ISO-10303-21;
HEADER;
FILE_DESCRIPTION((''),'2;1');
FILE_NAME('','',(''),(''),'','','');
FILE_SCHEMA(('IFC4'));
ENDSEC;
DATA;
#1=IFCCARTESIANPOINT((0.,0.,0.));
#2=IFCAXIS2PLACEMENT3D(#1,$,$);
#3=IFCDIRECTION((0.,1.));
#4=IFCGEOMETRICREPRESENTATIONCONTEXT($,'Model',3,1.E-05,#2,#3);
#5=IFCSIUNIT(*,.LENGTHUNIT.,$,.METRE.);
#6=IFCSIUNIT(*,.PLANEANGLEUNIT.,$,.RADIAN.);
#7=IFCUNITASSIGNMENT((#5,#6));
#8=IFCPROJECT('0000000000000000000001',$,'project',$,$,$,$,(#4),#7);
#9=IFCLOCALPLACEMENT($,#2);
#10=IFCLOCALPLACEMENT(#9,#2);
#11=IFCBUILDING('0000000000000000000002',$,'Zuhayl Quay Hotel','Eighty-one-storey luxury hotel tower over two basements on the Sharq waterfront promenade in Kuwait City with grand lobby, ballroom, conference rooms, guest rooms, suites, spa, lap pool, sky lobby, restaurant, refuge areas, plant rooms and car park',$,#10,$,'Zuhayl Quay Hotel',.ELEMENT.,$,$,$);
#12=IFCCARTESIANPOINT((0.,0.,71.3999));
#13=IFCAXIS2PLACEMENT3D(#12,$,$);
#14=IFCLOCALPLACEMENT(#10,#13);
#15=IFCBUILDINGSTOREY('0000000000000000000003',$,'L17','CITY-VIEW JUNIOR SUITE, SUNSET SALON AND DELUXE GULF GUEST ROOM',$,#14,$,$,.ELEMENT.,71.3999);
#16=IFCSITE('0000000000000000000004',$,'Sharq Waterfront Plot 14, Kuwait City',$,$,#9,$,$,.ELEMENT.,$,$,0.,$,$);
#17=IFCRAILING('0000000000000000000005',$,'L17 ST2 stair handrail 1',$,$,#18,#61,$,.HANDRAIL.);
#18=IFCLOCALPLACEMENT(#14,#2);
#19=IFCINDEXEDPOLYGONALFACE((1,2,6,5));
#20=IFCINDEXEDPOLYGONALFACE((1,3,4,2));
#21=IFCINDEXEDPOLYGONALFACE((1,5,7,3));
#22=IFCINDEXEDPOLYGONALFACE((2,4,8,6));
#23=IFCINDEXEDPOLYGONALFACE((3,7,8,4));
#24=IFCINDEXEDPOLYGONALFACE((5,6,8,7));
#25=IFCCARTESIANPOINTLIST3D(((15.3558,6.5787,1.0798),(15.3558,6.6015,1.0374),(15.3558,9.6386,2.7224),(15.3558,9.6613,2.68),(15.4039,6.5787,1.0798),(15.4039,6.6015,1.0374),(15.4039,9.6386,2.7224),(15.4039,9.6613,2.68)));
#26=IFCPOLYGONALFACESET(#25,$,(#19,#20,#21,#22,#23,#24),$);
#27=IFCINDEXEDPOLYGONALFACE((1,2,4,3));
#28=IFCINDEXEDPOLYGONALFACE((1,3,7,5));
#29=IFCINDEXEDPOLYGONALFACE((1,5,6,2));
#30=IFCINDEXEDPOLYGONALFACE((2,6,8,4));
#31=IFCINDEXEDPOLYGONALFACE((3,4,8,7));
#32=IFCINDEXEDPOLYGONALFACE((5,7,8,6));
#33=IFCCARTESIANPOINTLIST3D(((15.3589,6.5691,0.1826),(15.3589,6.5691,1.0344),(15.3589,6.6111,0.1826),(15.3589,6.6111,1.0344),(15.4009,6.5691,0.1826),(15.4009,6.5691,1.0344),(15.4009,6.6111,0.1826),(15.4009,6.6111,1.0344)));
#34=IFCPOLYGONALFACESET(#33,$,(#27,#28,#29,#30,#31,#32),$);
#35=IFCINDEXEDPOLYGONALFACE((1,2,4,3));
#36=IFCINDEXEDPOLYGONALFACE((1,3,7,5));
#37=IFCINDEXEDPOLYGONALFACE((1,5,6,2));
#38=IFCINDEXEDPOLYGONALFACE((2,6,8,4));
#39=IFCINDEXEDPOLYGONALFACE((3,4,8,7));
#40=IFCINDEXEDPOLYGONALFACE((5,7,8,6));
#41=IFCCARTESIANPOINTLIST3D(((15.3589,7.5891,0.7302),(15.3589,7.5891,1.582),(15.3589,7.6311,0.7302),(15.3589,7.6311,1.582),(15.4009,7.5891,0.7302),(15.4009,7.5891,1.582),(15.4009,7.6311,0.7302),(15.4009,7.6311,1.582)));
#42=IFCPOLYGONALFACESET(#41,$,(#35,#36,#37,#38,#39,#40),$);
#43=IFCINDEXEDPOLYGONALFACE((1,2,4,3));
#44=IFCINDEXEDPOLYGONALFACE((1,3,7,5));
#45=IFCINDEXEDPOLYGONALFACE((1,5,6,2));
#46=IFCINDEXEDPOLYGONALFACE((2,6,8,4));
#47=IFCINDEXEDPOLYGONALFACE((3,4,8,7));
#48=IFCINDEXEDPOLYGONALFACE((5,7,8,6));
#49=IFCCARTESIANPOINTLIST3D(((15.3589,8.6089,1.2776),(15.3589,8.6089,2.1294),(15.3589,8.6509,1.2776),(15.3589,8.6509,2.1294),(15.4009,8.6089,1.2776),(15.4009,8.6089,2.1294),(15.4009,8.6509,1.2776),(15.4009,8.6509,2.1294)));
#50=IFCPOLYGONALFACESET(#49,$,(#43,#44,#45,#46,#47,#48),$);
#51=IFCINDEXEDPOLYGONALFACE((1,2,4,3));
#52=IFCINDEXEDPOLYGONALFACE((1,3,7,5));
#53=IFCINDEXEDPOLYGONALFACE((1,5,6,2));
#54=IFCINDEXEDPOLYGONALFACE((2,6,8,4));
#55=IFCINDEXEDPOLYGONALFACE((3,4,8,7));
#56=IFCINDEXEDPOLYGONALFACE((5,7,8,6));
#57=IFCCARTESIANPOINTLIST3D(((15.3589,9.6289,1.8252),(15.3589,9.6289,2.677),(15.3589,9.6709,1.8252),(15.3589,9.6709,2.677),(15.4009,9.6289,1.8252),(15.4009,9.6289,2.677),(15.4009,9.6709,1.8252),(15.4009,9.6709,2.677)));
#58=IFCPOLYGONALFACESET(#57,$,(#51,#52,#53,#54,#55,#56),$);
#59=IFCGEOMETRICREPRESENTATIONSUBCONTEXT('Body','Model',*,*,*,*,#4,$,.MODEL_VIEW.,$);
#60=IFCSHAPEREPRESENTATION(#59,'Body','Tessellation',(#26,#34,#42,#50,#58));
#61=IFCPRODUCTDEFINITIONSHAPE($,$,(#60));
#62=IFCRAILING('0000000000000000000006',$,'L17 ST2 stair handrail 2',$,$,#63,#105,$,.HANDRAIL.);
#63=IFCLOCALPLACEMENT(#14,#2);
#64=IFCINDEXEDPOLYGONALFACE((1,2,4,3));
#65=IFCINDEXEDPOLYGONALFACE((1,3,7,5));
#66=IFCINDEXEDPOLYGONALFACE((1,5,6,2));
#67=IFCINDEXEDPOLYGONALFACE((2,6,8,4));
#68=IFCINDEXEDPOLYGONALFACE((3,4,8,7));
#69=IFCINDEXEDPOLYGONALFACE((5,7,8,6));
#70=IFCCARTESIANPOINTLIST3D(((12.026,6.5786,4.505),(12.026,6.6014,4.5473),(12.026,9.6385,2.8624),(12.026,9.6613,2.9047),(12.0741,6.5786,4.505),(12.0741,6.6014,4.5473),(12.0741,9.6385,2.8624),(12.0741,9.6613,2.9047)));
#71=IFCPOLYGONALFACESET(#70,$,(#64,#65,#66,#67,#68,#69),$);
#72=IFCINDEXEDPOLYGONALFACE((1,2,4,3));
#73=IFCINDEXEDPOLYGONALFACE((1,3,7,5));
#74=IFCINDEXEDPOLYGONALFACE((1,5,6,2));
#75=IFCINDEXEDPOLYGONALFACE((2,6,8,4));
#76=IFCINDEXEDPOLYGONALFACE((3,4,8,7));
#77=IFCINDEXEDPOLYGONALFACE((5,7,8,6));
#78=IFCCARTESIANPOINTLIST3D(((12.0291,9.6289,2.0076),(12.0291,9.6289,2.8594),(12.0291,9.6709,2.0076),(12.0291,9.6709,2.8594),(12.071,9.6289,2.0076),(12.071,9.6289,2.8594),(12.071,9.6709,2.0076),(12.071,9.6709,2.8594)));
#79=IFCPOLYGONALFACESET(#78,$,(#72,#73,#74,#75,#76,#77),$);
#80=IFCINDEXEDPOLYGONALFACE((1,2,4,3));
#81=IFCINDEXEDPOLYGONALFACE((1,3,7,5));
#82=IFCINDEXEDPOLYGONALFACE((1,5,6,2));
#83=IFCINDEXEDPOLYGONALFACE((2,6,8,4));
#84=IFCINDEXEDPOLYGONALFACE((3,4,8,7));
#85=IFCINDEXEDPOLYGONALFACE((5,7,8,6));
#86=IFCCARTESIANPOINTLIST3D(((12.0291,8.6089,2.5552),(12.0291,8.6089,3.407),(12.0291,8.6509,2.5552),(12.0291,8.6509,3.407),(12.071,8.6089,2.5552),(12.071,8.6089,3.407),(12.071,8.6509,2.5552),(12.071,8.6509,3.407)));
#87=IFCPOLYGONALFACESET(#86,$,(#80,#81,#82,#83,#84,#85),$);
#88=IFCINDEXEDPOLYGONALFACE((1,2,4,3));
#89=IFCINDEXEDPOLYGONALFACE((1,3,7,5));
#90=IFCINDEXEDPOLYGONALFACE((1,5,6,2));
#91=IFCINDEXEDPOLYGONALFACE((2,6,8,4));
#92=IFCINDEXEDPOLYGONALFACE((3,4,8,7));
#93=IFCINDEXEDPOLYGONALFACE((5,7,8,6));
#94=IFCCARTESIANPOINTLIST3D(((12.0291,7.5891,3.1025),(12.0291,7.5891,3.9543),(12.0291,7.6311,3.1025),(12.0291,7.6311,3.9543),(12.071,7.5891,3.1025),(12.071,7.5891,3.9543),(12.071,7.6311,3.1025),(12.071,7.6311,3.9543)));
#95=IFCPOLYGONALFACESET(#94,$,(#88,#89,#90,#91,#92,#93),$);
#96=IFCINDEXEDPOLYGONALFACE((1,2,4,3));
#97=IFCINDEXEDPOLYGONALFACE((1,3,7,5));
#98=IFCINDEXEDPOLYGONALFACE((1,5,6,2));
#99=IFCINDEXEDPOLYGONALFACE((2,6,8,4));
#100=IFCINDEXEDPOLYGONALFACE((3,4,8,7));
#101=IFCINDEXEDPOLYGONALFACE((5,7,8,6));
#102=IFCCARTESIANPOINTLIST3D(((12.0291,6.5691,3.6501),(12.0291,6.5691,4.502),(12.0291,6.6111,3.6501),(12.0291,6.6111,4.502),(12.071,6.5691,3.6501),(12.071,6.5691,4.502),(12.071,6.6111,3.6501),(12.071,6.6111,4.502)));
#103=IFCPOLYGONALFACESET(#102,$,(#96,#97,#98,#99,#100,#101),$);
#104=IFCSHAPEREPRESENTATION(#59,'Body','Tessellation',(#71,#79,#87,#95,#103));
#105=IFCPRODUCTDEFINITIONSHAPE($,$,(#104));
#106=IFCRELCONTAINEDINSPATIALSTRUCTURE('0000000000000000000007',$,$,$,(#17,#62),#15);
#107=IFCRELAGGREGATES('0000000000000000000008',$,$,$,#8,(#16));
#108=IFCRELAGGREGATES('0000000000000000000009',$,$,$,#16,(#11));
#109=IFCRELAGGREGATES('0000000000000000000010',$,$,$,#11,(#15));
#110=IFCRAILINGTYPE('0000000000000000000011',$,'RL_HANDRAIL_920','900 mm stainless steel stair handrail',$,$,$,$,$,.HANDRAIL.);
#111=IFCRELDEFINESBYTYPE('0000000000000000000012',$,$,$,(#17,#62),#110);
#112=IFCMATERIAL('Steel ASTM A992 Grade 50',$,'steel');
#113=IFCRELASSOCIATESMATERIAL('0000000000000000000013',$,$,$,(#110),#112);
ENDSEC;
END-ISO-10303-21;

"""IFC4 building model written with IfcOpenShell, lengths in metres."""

from ifc_helpers import new_model, si_unit, direction, frame, origin, origin_2d, place, context, subcontext, project, spatial, rectangle, extrude, material, type_object, element, save


model = new_model("IFC4")

# Units and contexts
model_context = context("Model", 3, precision=1e-05, world=origin(), true_north=direction((0.0, 1.0)))
body_context = subcontext(model_context, "Body", "Model", "MODEL_VIEW")
ifc_project = project(units=[si_unit("LENGTHUNIT", "METRE"), si_unit("PLANEANGLEUNIT", "RADIAN")], contexts=[model_context])

# Site, building, storey
site_placement = place(None, origin())
site = spatial("IfcSite", under=ifc_project, at=site_placement, Name="Sharq Waterfront Plot 14, Kuwait City", CompositionType="ELEMENT", RefElevation=0.0)
building_placement = place(site_placement, origin())
building = spatial("IfcBuilding", under=site, at=building_placement, Name="Zuhayl Quay Hotel", Description="Eighty-one-storey luxury hotel tower over two basements on the Sharq waterfront promenade in Kuwait City with grand lobby, ballroom, conference rooms, guest rooms, suites, spa, lap pool, sky lobby, restaurant, refuge areas, plant rooms and car park", LongName="Zuhayl Quay Hotel", CompositionType="ELEMENT")
storey_placement = place(building_placement, frame((0.0, 0.0, 71.3999)))
storey = spatial("IfcBuildingStorey", under=building, at=storey_placement, Name="L17", Description="CITY-VIEW JUNIOR SUITE, SUNSET SALON AND DELUXE GULF GUEST ROOM", CompositionType="ELEMENT", Elevation=71.3999)

# Shared definitions
ifc_material_1 = material(Name="Steel ASTM A992 Grade 50", Category="steel")

# Railings
railing_type_1 = type_object("IfcRailingType", Name="RL_HANDRAIL_920", Description="900 mm stainless steel stair handrail", PredefinedType="HANDRAIL", material=ifc_material_1)
railing_1_placement = place(storey_placement, frame((15.3799, 6.5901, 0.1826)))
element("IfcRailing", 1, at=railing_1_placement, inside=storey, type_object=railing_type_1, Name="L17 ST2 stair handrail 1", PredefinedType="HANDRAIL", context=body_context, shape_type="SweptSolid", body=[
    extrude(rectangle(XDim=0.0481, YDim=0.0481, at=origin_2d()), frame((0.0, 0.0, 0.876), z_axis=(0.0, 0.881073, 0.47298), x_axis=(-1.0, 0.0, 0.0)), (0.0, 0.0, 1.0), 3.4729),
    extrude(rectangle(XDim=0.042, YDim=0.042, at=origin_2d()), origin(), (0.0, 0.0, 1.0), 0.8518),
    extrude(rectangle(XDim=0.042, YDim=0.042, at=origin_2d()), frame((0.0, 1.02, 0.5476)), (0.0, 0.0, 1.0), 0.8518),
    extrude(rectangle(XDim=0.042, YDim=0.042, at=origin_2d()), frame((0.0, 2.0398, 1.095)), (0.0, 0.0, 1.0), 0.8518),
    extrude(rectangle(XDim=0.042, YDim=0.042, at=origin_2d()), frame((0.0, 3.0598, 1.6426)), (0.0, 0.0, 1.0), 0.8518),
])
railing_2_placement = place(storey_placement, frame((12.05, 9.6499, 2.0076)))
element("IfcRailing", 2, at=railing_2_placement, inside=storey, type_object=railing_type_1, Name="L17 ST2 stair handrail 2", PredefinedType="HANDRAIL", context=body_context, shape_type="SweptSolid", body=[
    extrude(rectangle(XDim=0.0481, YDim=0.0481, at=origin_2d()), frame((0.0, 0.0, 0.876), z_axis=(0.0, -0.881073, 0.47298), x_axis=(1.0, 0.0, 0.0)), (0.0, 0.0, 1.0), 3.4729),
    extrude(rectangle(XDim=0.042, YDim=0.042, at=origin_2d()), origin(), (0.0, 0.0, 1.0), 0.8518),
    extrude(rectangle(XDim=0.042, YDim=0.042, at=origin_2d()), frame((0.0, -1.02, 0.5476)), (0.0, 0.0, 1.0), 0.8518),
    extrude(rectangle(XDim=0.042, YDim=0.042, at=origin_2d()), frame((0.0, -2.0398, 1.095)), (0.0, 0.0, 1.0), 0.8518),
    extrude(rectangle(XDim=0.042, YDim=0.042, at=origin_2d()), frame((0.0, -3.0598, 1.6426)), (0.0, 0.0, 1.0), 0.8518),
])

save(model, "model.ifc")
